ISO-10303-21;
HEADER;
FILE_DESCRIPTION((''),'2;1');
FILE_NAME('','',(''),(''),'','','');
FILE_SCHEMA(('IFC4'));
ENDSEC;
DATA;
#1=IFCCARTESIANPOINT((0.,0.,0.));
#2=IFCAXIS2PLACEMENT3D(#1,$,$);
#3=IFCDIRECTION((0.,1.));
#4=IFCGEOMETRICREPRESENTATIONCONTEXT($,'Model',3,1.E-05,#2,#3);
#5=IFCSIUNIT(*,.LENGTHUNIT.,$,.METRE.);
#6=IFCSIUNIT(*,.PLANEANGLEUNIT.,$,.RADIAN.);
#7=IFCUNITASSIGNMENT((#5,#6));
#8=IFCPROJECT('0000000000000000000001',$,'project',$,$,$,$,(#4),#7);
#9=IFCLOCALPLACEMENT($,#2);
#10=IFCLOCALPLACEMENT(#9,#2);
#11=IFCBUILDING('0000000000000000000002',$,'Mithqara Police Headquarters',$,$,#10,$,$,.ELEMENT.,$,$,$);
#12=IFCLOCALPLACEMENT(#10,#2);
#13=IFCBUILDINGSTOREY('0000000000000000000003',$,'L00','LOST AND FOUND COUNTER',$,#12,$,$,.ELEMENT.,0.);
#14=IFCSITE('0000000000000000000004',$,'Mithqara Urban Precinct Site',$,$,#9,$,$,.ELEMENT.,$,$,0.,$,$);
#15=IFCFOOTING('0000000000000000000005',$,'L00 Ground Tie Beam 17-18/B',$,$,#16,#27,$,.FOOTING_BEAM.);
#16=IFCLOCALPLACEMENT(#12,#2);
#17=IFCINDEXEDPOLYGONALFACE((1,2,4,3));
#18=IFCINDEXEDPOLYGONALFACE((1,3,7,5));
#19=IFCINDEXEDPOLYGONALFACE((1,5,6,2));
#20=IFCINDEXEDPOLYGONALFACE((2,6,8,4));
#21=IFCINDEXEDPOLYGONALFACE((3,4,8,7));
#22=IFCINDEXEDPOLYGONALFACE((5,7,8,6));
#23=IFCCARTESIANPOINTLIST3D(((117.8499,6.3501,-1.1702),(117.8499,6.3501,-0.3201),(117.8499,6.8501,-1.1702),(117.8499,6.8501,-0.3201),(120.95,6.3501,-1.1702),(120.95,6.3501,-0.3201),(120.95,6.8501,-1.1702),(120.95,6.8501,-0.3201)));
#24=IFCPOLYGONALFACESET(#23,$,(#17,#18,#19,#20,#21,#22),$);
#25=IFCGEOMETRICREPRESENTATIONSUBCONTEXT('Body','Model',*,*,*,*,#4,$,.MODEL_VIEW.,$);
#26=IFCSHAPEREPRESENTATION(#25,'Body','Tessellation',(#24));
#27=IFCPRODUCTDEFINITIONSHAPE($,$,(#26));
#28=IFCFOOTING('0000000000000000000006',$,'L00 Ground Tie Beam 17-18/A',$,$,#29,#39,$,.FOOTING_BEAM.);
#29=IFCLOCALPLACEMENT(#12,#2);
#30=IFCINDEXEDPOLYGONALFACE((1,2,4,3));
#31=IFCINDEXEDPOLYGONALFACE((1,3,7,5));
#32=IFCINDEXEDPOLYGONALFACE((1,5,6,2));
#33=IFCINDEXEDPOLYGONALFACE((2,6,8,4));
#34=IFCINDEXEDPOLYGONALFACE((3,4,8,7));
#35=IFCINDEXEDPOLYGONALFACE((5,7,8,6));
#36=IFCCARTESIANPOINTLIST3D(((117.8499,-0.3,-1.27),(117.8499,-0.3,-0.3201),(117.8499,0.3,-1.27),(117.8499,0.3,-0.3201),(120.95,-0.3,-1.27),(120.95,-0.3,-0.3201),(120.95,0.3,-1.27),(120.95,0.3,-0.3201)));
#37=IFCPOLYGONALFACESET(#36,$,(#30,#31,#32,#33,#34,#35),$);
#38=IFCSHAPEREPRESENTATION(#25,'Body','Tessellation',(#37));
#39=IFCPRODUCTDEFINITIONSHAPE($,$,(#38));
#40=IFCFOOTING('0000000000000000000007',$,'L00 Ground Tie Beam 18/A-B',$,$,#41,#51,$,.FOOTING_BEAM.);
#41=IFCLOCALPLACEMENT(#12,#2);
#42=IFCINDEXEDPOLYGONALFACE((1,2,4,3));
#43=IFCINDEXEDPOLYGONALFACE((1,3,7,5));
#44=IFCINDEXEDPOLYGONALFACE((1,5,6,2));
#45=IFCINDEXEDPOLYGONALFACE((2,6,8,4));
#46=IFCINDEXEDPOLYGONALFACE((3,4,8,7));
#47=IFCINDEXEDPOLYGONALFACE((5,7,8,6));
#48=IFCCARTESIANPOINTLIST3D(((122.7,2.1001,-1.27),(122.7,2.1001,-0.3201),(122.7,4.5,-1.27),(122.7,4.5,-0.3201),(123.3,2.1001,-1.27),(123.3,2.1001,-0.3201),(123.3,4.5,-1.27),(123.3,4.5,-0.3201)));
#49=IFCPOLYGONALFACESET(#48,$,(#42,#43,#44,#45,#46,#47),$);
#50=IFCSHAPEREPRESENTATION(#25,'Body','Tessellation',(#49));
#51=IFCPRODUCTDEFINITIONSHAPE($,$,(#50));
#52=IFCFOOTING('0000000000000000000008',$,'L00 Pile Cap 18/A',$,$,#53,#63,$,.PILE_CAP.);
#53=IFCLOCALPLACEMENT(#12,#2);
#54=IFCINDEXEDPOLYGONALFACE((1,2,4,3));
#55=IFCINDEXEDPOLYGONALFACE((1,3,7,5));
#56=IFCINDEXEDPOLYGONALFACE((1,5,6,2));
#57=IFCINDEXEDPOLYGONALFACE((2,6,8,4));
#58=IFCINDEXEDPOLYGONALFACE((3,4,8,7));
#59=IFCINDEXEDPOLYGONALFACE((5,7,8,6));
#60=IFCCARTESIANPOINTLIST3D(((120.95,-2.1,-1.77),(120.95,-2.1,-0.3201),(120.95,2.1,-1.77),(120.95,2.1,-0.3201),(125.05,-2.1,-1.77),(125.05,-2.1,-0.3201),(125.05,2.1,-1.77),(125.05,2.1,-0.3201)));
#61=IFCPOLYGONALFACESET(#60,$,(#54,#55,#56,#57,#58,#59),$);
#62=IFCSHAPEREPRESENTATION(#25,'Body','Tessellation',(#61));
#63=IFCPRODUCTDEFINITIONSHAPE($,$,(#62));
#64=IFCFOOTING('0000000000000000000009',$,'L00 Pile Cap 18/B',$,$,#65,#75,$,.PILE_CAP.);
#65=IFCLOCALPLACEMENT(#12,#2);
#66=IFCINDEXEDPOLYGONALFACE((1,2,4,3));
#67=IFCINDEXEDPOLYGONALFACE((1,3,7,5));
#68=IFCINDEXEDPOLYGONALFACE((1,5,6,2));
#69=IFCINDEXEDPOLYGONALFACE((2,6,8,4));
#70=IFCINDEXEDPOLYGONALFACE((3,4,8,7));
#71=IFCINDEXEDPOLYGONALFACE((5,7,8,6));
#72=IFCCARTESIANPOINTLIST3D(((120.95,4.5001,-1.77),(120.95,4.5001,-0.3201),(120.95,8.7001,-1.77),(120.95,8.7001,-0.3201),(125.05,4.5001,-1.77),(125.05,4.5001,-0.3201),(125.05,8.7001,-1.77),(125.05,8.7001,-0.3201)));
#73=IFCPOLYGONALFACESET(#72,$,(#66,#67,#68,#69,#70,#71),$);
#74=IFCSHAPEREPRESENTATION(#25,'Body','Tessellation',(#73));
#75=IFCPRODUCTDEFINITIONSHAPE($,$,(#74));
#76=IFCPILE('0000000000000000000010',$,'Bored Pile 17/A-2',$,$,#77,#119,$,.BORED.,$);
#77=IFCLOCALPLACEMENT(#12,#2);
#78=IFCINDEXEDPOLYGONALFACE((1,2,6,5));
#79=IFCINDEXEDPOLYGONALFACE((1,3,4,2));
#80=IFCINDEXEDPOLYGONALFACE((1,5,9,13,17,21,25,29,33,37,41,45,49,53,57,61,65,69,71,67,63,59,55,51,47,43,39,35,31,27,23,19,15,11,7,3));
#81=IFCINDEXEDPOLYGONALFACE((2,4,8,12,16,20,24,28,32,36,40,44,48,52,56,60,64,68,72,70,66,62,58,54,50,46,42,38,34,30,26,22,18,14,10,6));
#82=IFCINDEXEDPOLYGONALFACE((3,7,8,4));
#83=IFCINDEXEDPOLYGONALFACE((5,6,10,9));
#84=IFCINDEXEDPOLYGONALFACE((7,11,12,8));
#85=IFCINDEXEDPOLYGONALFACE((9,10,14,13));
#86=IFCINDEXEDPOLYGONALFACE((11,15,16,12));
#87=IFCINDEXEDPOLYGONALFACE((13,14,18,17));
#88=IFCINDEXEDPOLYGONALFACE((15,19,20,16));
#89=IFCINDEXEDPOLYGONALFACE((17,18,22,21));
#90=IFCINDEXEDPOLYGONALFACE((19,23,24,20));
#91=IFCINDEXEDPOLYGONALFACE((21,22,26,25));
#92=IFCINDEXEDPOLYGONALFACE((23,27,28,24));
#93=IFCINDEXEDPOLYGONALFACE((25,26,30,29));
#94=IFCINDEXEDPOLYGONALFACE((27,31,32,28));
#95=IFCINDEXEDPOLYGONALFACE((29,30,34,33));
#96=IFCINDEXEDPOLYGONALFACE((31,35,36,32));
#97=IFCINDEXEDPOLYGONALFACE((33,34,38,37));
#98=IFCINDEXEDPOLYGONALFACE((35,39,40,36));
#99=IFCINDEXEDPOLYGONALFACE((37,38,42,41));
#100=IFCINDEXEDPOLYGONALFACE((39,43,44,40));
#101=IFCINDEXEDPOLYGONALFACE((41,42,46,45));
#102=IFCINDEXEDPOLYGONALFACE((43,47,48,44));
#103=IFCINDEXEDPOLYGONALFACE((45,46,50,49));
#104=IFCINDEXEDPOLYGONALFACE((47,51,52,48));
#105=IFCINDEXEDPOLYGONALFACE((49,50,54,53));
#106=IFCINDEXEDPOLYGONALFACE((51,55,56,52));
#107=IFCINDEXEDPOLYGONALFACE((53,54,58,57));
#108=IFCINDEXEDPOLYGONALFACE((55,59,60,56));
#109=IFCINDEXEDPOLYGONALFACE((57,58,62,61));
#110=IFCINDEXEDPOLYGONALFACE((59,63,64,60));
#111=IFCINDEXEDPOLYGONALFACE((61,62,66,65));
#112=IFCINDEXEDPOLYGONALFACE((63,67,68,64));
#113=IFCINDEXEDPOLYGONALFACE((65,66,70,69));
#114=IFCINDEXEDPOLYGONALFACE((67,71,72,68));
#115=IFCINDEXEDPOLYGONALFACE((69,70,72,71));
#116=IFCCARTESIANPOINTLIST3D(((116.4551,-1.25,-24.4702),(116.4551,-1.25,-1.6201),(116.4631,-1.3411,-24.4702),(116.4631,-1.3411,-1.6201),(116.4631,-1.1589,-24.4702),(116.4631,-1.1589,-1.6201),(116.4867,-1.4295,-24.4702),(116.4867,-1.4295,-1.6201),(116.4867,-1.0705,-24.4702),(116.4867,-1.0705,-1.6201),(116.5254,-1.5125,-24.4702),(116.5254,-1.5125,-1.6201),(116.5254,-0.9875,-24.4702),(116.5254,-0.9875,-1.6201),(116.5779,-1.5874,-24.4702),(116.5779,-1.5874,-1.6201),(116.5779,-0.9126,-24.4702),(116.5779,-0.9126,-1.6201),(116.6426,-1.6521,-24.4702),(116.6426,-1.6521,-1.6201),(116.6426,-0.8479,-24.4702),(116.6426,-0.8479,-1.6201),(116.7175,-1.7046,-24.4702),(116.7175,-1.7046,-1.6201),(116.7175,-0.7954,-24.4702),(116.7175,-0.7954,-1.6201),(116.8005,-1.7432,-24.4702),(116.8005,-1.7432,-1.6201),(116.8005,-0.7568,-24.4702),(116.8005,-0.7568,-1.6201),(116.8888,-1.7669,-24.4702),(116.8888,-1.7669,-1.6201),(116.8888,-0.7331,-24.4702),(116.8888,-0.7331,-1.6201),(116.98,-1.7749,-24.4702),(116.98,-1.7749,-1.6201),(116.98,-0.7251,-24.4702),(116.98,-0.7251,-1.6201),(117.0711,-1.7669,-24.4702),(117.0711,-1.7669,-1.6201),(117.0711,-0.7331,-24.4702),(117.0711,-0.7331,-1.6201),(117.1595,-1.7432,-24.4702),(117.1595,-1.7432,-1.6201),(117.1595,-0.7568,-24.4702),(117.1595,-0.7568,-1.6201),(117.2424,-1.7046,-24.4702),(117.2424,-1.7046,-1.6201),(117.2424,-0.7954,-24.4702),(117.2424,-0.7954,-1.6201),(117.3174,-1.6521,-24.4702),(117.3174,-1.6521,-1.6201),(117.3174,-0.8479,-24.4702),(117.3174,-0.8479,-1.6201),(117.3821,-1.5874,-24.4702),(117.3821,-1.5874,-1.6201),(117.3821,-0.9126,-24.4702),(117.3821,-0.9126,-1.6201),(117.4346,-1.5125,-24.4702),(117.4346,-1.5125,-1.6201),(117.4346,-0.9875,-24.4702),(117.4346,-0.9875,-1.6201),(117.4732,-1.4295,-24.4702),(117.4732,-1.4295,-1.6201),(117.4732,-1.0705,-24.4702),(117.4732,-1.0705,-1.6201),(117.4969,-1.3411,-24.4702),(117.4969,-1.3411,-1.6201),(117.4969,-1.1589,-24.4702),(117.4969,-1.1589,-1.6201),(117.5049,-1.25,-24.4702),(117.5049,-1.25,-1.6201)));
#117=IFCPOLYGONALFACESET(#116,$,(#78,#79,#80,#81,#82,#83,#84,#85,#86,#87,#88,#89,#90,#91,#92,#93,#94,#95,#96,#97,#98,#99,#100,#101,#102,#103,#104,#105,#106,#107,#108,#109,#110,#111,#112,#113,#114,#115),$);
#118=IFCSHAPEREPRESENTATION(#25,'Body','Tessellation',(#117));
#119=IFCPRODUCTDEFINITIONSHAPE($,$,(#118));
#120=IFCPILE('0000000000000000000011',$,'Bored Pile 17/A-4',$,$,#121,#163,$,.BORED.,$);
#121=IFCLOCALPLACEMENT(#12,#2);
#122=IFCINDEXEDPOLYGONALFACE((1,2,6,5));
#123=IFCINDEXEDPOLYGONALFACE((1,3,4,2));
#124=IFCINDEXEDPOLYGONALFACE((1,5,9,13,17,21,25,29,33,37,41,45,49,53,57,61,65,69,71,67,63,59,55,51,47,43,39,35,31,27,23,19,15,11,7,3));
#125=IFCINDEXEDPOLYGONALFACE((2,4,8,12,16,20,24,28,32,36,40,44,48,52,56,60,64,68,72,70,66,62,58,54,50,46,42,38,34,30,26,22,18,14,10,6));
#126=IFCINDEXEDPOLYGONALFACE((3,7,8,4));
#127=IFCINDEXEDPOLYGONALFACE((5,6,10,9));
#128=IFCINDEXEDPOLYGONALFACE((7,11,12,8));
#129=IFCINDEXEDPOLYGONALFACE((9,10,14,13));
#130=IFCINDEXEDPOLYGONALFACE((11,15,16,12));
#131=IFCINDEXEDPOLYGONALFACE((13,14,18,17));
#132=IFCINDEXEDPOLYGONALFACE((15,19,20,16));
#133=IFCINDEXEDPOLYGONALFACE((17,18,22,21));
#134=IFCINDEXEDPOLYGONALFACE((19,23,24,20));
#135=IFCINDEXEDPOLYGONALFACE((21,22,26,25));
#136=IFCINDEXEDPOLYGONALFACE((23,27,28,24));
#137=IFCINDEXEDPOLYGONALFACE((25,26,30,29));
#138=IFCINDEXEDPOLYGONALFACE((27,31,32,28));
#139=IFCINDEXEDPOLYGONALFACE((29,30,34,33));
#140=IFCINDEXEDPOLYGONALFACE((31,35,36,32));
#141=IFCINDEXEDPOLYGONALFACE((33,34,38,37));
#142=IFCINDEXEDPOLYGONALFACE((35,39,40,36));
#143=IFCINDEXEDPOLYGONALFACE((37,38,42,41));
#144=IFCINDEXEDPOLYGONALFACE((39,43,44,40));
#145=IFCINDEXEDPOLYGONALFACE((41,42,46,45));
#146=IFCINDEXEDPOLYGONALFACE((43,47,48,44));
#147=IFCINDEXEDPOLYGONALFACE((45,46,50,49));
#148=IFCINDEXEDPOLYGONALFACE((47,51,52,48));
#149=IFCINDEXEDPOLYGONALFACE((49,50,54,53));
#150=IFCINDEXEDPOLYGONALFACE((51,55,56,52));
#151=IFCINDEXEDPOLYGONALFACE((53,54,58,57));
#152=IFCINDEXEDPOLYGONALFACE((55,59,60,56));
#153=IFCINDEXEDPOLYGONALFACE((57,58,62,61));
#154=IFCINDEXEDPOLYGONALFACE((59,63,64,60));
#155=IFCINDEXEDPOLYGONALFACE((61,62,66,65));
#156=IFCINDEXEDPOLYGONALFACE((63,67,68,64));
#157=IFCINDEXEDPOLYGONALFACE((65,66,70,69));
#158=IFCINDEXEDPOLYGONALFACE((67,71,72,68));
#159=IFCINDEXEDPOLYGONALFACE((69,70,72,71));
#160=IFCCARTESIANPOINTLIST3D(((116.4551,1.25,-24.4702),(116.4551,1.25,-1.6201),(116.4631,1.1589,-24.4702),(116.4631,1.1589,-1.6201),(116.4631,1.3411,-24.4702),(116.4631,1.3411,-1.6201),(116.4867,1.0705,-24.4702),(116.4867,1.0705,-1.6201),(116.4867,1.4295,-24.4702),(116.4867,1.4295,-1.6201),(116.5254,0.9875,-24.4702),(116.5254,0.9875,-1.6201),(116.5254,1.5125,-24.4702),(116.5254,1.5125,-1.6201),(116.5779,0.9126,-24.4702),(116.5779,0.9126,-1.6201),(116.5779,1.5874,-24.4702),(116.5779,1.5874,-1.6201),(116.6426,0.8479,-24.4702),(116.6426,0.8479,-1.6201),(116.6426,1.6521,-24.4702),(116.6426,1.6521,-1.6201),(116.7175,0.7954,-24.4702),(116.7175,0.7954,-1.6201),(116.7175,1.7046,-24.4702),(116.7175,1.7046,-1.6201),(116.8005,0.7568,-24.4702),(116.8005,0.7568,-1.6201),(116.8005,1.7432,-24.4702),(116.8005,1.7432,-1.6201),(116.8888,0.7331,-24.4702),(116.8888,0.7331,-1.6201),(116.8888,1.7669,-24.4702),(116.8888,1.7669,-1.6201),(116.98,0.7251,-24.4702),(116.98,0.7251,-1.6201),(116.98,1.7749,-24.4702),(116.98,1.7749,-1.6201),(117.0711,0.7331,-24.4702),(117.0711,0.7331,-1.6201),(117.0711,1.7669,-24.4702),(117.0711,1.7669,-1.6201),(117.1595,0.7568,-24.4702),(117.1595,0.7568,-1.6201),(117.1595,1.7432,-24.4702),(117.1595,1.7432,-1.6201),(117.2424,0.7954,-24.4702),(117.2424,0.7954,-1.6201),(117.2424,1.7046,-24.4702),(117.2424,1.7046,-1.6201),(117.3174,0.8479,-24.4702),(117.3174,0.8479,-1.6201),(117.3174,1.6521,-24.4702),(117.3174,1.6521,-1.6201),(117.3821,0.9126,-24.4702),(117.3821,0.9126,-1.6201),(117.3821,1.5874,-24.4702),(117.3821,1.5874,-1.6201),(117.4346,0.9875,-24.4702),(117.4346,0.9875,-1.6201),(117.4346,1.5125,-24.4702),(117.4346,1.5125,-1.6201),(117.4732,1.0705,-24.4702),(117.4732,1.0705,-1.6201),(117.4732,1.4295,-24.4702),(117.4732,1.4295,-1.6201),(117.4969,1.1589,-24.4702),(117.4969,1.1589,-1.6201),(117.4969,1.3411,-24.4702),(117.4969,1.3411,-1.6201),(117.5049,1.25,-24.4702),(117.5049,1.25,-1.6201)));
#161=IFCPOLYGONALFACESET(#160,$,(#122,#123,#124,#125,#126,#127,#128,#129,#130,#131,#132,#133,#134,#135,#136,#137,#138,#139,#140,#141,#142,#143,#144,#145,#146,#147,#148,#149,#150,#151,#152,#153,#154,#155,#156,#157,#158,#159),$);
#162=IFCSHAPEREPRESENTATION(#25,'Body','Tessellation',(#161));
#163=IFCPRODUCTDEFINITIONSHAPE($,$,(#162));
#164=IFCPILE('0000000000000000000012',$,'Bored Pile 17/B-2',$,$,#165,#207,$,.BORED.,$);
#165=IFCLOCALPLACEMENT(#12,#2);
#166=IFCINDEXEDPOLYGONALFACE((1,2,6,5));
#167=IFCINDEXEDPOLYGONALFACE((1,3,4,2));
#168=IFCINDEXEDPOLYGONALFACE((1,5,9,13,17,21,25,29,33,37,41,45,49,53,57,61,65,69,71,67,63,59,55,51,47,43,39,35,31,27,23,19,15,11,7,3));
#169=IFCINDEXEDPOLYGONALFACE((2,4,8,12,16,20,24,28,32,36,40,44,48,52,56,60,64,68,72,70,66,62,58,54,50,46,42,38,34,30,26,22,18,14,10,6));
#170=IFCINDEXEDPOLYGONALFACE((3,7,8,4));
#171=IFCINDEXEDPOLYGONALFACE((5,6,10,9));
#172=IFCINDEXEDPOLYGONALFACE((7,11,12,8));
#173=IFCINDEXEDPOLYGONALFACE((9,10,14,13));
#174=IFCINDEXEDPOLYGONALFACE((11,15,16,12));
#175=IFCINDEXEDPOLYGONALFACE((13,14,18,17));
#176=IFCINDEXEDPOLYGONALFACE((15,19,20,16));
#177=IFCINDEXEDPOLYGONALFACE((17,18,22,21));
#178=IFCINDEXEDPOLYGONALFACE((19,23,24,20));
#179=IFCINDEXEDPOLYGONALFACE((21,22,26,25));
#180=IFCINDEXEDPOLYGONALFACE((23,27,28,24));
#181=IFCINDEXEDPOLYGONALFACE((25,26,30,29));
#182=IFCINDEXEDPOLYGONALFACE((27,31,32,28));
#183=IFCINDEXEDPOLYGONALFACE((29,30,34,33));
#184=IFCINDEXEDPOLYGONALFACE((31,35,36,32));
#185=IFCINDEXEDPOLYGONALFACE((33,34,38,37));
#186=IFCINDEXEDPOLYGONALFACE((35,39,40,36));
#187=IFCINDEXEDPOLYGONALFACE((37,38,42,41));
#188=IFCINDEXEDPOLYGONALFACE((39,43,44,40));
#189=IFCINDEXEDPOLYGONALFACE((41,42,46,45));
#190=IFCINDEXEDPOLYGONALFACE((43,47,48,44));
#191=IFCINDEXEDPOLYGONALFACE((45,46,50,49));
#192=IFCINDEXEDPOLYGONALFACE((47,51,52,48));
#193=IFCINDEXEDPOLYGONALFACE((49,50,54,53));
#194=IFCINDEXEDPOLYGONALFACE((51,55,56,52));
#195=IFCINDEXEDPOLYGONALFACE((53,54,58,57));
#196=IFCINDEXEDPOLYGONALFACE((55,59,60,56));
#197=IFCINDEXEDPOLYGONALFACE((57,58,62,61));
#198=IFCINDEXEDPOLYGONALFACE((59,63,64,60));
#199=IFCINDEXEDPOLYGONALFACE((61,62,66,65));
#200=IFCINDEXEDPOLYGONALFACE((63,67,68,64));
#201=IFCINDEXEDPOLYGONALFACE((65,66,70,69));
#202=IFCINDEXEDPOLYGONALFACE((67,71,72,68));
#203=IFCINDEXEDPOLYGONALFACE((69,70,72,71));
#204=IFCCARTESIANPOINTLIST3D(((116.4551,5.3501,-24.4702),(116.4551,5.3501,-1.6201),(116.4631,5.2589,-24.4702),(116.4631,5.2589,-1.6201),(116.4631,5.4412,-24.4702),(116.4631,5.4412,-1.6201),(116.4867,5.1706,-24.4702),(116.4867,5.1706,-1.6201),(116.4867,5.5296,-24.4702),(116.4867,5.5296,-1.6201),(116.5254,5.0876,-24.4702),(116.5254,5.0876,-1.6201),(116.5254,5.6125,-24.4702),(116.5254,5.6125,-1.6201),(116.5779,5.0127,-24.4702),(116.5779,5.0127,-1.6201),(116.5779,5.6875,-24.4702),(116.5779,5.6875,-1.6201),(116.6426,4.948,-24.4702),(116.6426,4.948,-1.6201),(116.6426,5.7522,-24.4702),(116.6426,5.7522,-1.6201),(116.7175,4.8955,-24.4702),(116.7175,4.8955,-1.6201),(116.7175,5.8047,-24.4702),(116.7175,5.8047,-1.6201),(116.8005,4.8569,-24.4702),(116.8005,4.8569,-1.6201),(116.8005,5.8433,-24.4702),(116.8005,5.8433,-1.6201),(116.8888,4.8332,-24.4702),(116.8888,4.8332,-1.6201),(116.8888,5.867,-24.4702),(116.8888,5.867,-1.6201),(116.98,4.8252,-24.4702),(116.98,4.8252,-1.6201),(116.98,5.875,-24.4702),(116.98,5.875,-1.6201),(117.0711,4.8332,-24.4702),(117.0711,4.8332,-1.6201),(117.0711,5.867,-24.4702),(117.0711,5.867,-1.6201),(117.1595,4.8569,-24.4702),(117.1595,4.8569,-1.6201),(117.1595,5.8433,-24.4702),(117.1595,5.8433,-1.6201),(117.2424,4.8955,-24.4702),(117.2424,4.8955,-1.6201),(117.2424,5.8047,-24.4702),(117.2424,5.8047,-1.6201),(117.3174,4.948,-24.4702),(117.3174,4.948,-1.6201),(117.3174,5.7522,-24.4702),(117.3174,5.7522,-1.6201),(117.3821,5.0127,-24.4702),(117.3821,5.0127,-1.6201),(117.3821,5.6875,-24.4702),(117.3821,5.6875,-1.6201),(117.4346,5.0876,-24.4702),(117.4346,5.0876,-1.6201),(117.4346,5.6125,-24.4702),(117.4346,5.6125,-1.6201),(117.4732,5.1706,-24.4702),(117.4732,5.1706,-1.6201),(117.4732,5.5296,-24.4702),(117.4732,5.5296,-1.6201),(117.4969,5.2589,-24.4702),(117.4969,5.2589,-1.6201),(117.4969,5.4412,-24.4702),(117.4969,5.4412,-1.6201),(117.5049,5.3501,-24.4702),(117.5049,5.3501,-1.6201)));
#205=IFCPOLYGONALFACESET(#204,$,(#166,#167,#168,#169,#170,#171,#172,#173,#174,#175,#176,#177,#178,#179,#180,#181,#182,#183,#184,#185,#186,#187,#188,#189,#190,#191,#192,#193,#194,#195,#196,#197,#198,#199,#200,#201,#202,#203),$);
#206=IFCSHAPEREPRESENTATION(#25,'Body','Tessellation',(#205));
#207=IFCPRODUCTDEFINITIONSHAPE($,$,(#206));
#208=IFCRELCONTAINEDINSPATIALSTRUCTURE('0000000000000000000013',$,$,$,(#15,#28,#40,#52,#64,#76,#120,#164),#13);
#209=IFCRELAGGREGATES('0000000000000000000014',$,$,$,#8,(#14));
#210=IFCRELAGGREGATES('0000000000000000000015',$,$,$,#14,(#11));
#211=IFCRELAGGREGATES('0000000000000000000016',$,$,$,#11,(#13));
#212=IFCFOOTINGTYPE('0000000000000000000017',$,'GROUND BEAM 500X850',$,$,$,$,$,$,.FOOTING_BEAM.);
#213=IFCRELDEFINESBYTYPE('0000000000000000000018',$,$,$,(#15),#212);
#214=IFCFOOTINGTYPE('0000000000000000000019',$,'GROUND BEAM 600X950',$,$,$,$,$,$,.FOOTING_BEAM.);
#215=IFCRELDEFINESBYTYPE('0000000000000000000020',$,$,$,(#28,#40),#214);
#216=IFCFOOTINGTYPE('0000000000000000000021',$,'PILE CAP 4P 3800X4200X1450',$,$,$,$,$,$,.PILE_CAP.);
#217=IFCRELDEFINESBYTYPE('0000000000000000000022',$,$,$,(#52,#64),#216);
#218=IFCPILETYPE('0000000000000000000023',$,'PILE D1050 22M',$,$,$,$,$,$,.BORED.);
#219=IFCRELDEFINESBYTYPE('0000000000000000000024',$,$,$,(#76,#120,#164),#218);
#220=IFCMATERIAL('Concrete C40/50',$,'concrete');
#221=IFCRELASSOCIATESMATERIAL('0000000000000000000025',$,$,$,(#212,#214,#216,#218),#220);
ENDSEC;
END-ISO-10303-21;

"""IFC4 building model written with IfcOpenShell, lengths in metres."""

from ifc_helpers import new_model, si_unit, direction, frame, origin, origin_2d, place, context, subcontext, project, spatial, rectangle, circle, extrude, material, material_profile, profile_set, type_object, element, save


model = new_model("IFC4")

# Units and contexts
model_context = context("Model", 3, precision=1e-05, world=origin(), true_north=direction((0.0, 1.0)))
body_context = subcontext(model_context, "Body", "Model", "MODEL_VIEW")
ifc_project = project(units=[si_unit("LENGTHUNIT", "METRE"), si_unit("PLANEANGLEUNIT", "RADIAN")], contexts=[model_context])

# Site, building, storey
site_placement = place(None, origin())
site = spatial("IfcSite", under=ifc_project, at=site_placement, Name="Mithqara Urban Precinct Site", CompositionType="ELEMENT", RefElevation=0.0)
building_placement = place(site_placement, origin())
building = spatial("IfcBuilding", under=site, at=building_placement, Name="Mithqara Police Headquarters", CompositionType="ELEMENT")
storey_placement = place(building_placement, origin())
storey = spatial("IfcBuildingStorey", under=building, at=storey_placement, Name="L00", Description="LOST AND FOUND COUNTER", CompositionType="ELEMENT", Elevation=0.0)

# Footings
ifc_material_1 = material(Name="Concrete C40/50", Category="concrete")
footing_type_1 = type_object("IfcFootingType", Name="GROUND BEAM 500X850", PredefinedType="FOOTING_BEAM", material=ifc_material_1)
footing_1_placement = place(storey_placement, frame((119.3999, 6.6001, -1.1702), z_axis=(0.0, 0.0, 1.0), x_axis=(1.0, 0.0, 0.0)))
element("IfcFooting", 1, at=footing_1_placement, inside=storey, type_object=footing_type_1, Name="L00 Ground Tie Beam 17-18/B", PredefinedType="FOOTING_BEAM", context=body_context, shape_type="SweptSolid", body=[
    extrude(rectangle(XDim=3.1001, YDim=0.5, at=origin_2d()), origin(), (0.0, 0.0, 1.0), 0.8501),
])
footing_type_2 = type_object("IfcFootingType", Name="GROUND BEAM 600X950", PredefinedType="FOOTING_BEAM", material=ifc_material_1)
footing_2_placement = place(storey_placement, frame((119.3999, 0.0, -1.27), z_axis=(0.0, 0.0, 1.0), x_axis=(1.0, 0.0, 0.0)))
element("IfcFooting", 2, at=footing_2_placement, inside=storey, type_object=footing_type_2, Name="L00 Ground Tie Beam 17-18/A", PredefinedType="FOOTING_BEAM", context=body_context, shape_type="SweptSolid", body=[
    extrude(rectangle(XDim=3.1001, YDim=0.6001, at=origin_2d()), origin(), (0.0, 0.0, 1.0), 0.95),
])
footing_3_placement = place(storey_placement, frame((123.0, 3.3, -1.27), z_axis=(0.0, 0.0, 1.0), x_axis=(1.0, 0.0, 0.0)))
element("IfcFooting", 3, at=footing_3_placement, inside=storey, type_object=footing_type_2, Name="L00 Ground Tie Beam 18/A-B", PredefinedType="FOOTING_BEAM", context=body_context, shape_type="SweptSolid", body=[
    extrude(rectangle(XDim=0.6001, YDim=2.3999, at=origin_2d()), origin(), (0.0, 0.0, 1.0), 0.95),
])
footing_type_3 = type_object("IfcFootingType", Name="PILE CAP 4P 3800X4200X1450", PredefinedType="PILE_CAP", material=ifc_material_1)
for number, where, z_axis, x_axis, name in (
    (4, (123.0, 0.0, -1.77), (0.0, 0.0, 1.0), (1.0, 0.0, 0.0), "L00 Pile Cap 18/A"),
    (5, (123.0, 6.6001, -1.77), (0.0, 0.0, 1.0), (1.0, 0.0, 0.0), "L00 Pile Cap 18/B"),
):
    element("IfcFooting", number, at=place(storey_placement, frame(where, z_axis=z_axis, x_axis=x_axis)), inside=storey, type_object=footing_type_3, Name=name, PredefinedType="PILE_CAP", context=body_context, shape_type="SweptSolid", body=[
        extrude(rectangle(XDim=4.1001, YDim=4.2, at=origin_2d()), origin(), (0.0, 0.0, 1.0), 1.45),
    ])

# Piles
ifc_material_profile_1 = material_profile(ifc_material_1, circle(Radius=0.5249, at=origin_2d()), Name="PILE D1050")
ifc_profile_set_1 = profile_set([ifc_material_profile_1], Name="Concrete C40/50")
pile_type = type_object("IfcPileType", Name="PILE D1050 22M", PredefinedType="BORED", material=ifc_profile_set_1)
for number, where, z_axis, x_axis, name in (
    (6, (116.98, -1.25, -1.6201), (0.0, 0.0, -1.0), (1.0, 0.0, 0.0), "Bored Pile 17/A-2"),
    (7, (116.98, 1.25, -1.6201), (0.0, 0.0, -1.0), (1.0, 0.0, 0.0), "Bored Pile 17/A-4"),
    (8, (116.98, 5.3501, -1.6201), (0.0, 0.0, -1.0), (1.0, 0.0, 0.0), "Bored Pile 17/B-2"),
):
    element("IfcPile", number, at=place(storey_placement, frame(where, z_axis=z_axis, x_axis=x_axis)), inside=storey, type_object=pile_type, Name=name, PredefinedType="BORED", context=body_context, shape_type="SweptSolid", body=[
        extrude(circle(Radius=0.5249, at=origin_2d()), origin(), (0.0, 0.0, 1.0), 22.8501),
    ])

save(model, "model.ifc")
